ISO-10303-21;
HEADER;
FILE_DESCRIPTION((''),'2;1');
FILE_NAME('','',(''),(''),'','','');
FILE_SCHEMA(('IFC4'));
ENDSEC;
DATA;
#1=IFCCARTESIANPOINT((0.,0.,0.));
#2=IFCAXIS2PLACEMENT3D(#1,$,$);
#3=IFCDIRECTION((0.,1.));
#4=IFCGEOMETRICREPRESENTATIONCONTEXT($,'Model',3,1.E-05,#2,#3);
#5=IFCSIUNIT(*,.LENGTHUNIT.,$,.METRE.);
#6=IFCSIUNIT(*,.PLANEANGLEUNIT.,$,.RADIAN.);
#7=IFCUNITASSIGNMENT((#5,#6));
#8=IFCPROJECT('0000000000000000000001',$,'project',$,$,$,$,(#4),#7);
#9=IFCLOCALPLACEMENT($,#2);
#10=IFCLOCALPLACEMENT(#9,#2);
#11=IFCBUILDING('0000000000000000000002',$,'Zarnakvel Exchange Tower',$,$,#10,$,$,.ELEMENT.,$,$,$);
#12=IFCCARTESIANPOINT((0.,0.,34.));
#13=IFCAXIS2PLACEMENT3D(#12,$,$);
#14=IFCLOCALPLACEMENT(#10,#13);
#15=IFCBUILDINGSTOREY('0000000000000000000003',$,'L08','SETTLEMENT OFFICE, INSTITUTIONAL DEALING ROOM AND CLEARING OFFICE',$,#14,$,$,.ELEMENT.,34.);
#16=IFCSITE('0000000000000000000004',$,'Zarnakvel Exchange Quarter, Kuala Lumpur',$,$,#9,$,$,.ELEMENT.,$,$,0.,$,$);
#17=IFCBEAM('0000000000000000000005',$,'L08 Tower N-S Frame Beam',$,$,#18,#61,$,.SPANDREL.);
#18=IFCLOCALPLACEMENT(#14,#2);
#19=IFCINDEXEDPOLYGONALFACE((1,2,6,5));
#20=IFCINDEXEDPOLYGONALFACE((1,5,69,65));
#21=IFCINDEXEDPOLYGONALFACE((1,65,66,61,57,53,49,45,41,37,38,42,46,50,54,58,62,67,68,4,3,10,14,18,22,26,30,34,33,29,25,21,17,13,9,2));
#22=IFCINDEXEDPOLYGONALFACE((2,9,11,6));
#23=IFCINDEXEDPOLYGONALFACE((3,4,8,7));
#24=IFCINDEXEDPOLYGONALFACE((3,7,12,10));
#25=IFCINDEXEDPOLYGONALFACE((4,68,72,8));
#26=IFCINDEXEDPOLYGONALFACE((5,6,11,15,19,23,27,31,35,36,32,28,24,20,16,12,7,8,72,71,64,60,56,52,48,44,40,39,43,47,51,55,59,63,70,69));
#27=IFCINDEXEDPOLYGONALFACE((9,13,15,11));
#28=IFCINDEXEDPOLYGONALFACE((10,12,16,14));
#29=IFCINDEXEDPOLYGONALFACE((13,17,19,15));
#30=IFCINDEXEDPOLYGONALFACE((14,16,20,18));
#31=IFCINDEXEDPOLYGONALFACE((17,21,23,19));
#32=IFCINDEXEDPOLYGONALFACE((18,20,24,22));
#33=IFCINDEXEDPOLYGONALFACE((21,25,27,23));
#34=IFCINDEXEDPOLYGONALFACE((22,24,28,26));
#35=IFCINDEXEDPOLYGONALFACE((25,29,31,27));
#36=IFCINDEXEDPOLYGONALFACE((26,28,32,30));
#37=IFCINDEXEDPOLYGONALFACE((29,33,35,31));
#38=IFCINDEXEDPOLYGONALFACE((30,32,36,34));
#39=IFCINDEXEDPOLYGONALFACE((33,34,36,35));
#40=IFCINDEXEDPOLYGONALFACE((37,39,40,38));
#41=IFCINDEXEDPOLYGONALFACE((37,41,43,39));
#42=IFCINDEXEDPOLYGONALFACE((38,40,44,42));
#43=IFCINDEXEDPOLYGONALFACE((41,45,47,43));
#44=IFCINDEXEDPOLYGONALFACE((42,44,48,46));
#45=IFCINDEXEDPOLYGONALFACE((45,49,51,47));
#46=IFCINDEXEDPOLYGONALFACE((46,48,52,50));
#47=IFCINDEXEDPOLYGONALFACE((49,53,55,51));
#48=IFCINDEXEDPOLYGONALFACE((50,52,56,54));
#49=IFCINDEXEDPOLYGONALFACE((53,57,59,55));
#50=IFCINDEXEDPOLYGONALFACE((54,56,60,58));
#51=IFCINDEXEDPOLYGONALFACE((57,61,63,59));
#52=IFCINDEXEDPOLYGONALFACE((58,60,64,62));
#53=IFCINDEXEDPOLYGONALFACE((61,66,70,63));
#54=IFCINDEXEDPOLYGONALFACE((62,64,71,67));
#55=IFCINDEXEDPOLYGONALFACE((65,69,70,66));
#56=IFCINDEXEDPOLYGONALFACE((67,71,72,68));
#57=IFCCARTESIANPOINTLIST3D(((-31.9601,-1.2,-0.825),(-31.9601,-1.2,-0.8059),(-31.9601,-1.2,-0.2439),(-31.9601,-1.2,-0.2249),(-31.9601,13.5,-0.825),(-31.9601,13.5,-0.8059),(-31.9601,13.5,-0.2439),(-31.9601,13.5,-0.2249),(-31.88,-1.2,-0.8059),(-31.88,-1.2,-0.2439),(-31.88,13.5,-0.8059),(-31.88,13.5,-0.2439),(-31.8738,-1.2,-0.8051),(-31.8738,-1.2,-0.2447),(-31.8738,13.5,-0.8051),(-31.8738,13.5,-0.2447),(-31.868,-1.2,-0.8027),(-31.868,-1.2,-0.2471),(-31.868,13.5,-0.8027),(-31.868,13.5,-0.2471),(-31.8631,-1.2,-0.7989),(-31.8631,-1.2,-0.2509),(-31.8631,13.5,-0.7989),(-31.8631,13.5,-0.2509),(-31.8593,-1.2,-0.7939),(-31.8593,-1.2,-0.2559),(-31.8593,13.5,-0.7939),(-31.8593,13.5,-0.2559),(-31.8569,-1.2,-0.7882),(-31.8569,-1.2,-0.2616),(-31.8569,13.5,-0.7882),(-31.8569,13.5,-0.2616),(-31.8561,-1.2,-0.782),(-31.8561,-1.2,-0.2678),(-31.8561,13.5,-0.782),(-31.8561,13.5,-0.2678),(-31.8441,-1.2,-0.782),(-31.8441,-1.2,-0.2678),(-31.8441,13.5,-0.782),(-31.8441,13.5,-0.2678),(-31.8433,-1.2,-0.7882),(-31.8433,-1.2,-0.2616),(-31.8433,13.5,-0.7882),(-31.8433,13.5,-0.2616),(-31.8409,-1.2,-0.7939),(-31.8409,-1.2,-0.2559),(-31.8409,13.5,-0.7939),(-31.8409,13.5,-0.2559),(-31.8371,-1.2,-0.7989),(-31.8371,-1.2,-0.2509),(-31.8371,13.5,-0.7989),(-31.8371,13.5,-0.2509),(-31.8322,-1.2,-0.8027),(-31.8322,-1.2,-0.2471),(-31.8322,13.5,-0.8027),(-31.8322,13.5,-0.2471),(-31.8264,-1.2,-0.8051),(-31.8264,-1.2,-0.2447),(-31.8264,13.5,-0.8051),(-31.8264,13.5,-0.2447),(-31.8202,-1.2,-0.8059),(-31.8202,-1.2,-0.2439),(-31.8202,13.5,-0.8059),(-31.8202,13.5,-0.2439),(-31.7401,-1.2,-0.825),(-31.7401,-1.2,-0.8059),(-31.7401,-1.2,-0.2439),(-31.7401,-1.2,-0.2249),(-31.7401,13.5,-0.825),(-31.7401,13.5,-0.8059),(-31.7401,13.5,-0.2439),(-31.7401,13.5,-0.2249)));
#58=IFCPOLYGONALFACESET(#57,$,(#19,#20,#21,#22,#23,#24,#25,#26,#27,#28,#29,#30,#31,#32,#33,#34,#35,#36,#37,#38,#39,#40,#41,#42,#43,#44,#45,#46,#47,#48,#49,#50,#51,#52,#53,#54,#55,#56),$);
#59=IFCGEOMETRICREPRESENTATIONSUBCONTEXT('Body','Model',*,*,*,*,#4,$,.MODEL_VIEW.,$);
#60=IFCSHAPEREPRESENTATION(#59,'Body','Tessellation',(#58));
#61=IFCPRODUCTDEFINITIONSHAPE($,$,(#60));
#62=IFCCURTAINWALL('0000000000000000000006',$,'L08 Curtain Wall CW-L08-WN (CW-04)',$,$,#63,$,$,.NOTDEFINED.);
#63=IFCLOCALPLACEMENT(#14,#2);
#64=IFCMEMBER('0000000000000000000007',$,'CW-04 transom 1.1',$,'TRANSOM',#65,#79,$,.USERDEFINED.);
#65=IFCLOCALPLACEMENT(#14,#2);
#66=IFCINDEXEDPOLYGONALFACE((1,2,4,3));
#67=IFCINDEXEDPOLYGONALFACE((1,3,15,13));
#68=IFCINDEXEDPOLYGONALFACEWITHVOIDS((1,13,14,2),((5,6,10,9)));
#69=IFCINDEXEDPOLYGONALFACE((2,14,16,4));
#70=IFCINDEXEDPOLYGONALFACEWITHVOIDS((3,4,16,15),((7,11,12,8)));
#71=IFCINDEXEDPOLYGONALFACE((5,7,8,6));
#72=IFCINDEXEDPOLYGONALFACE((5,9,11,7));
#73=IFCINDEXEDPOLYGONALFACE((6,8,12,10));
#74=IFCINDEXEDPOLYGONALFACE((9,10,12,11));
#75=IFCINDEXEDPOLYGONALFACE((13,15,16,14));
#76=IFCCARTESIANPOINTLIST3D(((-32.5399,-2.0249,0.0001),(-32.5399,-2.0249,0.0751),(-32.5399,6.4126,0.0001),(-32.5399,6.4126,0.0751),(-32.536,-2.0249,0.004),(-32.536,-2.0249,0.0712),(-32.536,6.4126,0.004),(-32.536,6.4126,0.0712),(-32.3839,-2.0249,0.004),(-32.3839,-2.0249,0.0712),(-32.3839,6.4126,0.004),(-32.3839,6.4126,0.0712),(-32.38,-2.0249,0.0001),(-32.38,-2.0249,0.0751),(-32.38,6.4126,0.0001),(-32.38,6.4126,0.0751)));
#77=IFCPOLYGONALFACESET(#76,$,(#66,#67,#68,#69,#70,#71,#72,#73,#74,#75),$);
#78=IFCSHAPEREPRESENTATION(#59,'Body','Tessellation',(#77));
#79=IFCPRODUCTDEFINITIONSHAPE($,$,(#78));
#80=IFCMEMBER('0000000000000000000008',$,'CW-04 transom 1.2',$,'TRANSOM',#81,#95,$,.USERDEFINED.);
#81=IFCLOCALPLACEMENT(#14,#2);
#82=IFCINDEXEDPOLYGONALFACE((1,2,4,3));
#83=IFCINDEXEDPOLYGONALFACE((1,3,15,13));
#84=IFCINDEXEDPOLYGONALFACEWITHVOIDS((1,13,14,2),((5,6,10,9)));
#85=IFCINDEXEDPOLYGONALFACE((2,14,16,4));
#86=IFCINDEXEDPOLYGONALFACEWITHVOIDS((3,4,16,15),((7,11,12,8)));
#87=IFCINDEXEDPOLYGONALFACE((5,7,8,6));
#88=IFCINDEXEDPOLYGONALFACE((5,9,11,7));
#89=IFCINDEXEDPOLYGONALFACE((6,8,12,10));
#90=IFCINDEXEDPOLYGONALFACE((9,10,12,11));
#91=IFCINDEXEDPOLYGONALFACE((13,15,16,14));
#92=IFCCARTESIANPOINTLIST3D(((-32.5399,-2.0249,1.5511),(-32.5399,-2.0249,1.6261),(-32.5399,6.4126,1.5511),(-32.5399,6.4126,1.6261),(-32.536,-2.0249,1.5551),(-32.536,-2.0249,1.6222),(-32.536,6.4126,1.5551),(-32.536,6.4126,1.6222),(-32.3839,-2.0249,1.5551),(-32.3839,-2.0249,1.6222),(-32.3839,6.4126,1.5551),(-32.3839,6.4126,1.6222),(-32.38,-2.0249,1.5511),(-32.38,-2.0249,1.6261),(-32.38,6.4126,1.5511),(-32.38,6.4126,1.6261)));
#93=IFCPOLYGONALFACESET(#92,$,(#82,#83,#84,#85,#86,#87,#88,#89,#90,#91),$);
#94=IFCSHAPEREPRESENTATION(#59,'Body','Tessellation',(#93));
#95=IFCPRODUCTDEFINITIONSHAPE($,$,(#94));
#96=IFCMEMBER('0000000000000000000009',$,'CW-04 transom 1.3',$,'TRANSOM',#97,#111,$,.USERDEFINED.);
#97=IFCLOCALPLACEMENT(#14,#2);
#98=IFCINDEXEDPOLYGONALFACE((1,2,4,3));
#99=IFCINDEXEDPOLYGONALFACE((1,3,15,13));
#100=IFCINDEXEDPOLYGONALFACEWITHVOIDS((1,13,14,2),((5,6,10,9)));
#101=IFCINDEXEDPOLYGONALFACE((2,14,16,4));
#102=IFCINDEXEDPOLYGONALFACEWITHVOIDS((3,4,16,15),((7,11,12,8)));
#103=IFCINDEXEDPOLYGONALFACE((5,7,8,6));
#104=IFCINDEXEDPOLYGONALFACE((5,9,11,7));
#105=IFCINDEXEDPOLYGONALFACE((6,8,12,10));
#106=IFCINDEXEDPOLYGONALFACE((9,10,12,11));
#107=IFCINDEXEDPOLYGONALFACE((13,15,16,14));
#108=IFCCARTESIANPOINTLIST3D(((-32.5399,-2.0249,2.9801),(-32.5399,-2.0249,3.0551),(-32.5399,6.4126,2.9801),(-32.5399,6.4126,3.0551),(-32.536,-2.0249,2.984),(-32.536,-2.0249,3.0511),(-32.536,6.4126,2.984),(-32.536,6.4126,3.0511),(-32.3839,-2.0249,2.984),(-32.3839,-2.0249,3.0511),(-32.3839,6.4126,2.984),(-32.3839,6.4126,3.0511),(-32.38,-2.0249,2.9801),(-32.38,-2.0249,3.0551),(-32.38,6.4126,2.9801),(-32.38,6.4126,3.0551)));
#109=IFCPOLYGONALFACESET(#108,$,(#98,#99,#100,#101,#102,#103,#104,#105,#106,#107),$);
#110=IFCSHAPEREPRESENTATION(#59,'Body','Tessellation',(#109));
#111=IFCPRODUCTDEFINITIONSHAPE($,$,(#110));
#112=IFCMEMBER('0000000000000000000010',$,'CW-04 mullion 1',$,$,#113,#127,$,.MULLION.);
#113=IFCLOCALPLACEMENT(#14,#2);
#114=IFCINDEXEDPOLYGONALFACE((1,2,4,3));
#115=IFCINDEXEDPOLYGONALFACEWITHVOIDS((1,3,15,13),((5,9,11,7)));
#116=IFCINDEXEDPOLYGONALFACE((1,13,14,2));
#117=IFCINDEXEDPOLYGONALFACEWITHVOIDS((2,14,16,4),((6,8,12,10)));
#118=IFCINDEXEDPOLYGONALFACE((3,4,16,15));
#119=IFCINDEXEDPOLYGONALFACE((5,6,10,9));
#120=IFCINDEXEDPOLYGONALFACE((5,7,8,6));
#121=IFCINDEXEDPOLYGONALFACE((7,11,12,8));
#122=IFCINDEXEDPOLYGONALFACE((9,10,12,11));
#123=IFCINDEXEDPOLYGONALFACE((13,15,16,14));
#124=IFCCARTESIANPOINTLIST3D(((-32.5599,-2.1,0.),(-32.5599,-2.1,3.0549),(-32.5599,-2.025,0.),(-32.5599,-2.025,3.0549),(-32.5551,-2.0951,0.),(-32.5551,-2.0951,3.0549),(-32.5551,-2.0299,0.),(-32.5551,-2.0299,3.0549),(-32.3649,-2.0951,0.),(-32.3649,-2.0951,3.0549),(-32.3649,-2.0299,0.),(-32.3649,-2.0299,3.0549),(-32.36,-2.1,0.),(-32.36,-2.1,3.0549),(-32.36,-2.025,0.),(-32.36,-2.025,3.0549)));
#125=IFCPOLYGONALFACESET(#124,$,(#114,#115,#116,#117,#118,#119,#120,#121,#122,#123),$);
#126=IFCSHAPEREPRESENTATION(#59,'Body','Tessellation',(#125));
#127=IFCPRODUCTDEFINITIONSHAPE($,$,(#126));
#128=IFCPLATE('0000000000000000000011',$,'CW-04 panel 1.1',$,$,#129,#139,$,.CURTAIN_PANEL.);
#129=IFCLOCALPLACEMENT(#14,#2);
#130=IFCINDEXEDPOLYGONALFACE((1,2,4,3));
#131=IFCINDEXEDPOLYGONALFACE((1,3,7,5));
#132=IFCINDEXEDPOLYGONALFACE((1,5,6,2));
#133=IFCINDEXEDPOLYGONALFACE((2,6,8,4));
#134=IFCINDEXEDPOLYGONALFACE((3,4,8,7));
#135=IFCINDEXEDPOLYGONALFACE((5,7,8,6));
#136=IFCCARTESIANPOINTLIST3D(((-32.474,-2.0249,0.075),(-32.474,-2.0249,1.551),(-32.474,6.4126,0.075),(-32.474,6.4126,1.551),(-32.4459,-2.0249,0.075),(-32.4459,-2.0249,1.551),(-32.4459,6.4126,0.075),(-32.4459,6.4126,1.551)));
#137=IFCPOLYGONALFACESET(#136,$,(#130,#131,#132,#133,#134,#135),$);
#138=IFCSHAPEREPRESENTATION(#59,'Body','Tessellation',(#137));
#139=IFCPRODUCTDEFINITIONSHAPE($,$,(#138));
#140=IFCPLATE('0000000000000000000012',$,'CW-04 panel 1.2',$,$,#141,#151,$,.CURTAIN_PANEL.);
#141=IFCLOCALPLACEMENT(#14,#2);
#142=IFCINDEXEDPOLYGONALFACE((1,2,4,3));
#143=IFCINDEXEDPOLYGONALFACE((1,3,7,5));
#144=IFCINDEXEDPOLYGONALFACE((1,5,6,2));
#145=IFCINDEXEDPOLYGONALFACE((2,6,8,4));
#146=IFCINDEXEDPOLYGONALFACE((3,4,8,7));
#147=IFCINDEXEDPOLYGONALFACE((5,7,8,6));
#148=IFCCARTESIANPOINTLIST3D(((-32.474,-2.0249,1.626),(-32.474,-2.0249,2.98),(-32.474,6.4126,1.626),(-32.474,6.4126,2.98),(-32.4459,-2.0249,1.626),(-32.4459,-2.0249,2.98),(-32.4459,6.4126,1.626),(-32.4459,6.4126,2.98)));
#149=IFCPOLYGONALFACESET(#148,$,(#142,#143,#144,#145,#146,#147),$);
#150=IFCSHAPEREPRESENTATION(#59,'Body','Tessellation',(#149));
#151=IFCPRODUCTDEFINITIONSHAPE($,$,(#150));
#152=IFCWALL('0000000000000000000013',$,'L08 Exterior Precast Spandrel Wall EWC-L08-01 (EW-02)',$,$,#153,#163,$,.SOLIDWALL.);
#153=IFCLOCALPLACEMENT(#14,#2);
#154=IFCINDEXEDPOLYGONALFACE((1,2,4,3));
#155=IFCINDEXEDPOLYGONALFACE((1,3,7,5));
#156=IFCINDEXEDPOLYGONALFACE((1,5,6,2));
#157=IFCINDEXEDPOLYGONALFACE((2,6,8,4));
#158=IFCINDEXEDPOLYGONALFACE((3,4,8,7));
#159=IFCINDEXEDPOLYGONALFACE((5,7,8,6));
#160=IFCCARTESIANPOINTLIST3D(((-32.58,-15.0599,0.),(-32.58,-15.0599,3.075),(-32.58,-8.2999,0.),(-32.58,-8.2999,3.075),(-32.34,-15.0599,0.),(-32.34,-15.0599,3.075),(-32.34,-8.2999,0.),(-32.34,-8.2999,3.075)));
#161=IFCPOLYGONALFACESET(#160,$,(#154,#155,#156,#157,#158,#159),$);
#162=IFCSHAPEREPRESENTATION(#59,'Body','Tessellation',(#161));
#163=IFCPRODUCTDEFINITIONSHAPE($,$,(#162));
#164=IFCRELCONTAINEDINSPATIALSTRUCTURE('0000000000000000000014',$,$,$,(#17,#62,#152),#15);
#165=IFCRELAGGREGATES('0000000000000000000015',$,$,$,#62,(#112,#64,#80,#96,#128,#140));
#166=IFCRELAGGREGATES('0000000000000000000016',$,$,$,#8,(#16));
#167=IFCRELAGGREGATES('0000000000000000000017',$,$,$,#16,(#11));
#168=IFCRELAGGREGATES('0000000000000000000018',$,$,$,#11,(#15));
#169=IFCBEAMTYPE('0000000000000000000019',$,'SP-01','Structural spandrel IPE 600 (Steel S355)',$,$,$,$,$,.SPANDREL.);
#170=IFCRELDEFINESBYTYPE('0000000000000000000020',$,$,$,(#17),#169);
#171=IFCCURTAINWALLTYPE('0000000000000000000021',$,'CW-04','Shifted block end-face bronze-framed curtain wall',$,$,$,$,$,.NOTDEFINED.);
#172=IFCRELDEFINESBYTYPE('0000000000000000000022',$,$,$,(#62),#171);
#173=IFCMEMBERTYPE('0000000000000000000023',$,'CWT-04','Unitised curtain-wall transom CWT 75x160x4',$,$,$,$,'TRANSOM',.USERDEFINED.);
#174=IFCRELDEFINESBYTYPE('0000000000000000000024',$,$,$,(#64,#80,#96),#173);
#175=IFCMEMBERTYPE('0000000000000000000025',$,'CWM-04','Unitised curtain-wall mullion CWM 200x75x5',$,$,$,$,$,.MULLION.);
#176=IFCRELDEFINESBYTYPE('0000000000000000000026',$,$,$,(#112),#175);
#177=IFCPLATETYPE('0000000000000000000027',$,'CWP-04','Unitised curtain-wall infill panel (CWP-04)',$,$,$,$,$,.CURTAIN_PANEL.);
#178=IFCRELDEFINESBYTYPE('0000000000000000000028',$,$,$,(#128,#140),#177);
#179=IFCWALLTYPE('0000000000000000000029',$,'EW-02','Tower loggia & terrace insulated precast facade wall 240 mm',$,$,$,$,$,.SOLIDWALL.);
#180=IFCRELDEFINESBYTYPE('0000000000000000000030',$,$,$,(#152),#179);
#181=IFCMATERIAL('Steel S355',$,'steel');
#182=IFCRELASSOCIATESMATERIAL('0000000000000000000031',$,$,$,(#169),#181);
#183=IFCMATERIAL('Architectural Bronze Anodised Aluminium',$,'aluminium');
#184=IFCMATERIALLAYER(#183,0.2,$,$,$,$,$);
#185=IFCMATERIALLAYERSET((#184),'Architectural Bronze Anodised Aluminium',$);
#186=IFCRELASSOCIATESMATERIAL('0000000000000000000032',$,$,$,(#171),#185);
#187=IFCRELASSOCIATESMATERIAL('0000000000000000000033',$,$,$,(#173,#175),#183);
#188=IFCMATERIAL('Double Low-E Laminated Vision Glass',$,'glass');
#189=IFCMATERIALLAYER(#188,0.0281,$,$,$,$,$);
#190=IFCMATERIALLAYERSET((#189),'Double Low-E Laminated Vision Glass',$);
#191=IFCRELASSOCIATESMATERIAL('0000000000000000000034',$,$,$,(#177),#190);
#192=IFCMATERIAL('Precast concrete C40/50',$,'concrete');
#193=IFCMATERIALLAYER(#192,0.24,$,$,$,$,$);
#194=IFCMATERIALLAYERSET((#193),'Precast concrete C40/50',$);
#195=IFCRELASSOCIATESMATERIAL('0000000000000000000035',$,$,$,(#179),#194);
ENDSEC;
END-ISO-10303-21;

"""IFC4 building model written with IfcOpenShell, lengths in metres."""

from ifc_helpers import new_model, si_unit, direction, frame, frame_2d, origin, origin_2d, place, context, subcontext, project, spatial, rectangle, hollow_rectangle, i_section, extrude, source, transform, mapped, material, layer, layer_set, material_profile, profile_set, type_object, element, aggregate, save


model = new_model("IFC4")

# Units and contexts
model_context = context("Model", 3, precision=1e-05, world=origin(), true_north=direction((0.0, 1.0)))
body_context = subcontext(model_context, "Body", "Model", "MODEL_VIEW")
ifc_project = project(units=[si_unit("LENGTHUNIT", "METRE"), si_unit("PLANEANGLEUNIT", "RADIAN")], contexts=[model_context])

# Site, building, storey
site_placement = place(None, origin())
site = spatial("IfcSite", under=ifc_project, at=site_placement, Name="Zarnakvel Exchange Quarter, Kuala Lumpur", CompositionType="ELEMENT", RefElevation=0.0)
building_placement = place(site_placement, origin())
building = spatial("IfcBuilding", under=site, at=building_placement, Name="Zarnakvel Exchange Tower", CompositionType="ELEMENT")
storey_placement = place(building_placement, frame((0.0, 0.0, 34.0)))
storey = spatial("IfcBuildingStorey", under=building, at=storey_placement, Name="L08", Description="SETTLEMENT OFFICE, INSTITUTIONAL DEALING ROOM AND CLEARING OFFICE", CompositionType="ELEMENT", Elevation=34.0)

# Shared definitions
ifc_material_1 = material(Name="Steel S355", Category="steel")

# Beam
ifc_material_profile_1 = material_profile(ifc_material_1, i_section(OverallWidth=0.22, OverallDepth=0.6001, WebThickness=0.012, FlangeThickness=0.019, FilletRadius=0.0239, at=origin_2d()))
ifc_profile_set_1 = profile_set([ifc_material_profile_1], Name="Steel S355")
beam_type_1 = type_object("IfcBeamType", Name="SP-01", Description="Structural spandrel IPE 600 (Steel S355)", PredefinedType="SPANDREL", material=ifc_profile_set_1)
beam_1_placement = place(storey_placement, frame((-31.8501, -1.2, -0.5249), z_axis=(0.0, 1.0, 0.0), x_axis=(-1.0, 0.0, 0.0)))
element("IfcBeam", 1, at=beam_1_placement, inside=storey, type_object=beam_type_1, Name="L08 Tower N-S Frame Beam", PredefinedType="SPANDREL", context=body_context, shape_type="SweptSolid", body=[
    extrude(i_section(OverallWidth=0.22, OverallDepth=0.6001, WebThickness=0.012, FlangeThickness=0.019, FilletRadius=0.0239, at=origin_2d()), origin(), (0.0, 0.0, 1.0), 14.7),
])

# Curtain wall, members, plates
ifc_material_2 = material(Name="Architectural Bronze Anodised Aluminium", Category="aluminium")
ifc_layer_1 = layer(ifc_material_2, 0.2)
ifc_layer_set_1 = layer_set([ifc_layer_1], Name="Architectural Bronze Anodised Aluminium")
curtain_wall_type = type_object("IfcCurtainWallType", Name="CW-04", Description="Shifted block end-face bronze-framed curtain wall", PredefinedType="NOTDEFINED", material=ifc_layer_set_1)
curtain_wall_placement = place(storey_placement, origin())
curtain_wall = element("IfcCurtainWall", 2, at=curtain_wall_placement, inside=storey, type_object=curtain_wall_type, Name="L08 Curtain Wall CW-L08-WN (CW-04)", PredefinedType="NOTDEFINED")
ifc_material_profile_2 = material_profile(ifc_material_2, hollow_rectangle(XDim=0.1599, YDim=0.075, WallThickness=0.0039, at=origin_2d()))
ifc_profile_set_2 = profile_set([ifc_material_profile_2], Name="Architectural Bronze Anodised Aluminium")
member_type_1 = type_object("IfcMemberType", Name="CWT-04", Description="Unitised curtain-wall transom CWT 75x160x4", ElementType="TRANSOM", PredefinedType="USERDEFINED", material=ifc_profile_set_2)
shared_shape_1 = source(origin(), body_context, "Body", "SweptSolid", [
    extrude(hollow_rectangle(XDim=0.1599, YDim=0.075, WallThickness=0.0039, at=origin_2d()), origin(), (0.0, 0.0, 1.0), 8.4375),
])
member_1_placement = place(storey_placement, frame((-32.46, -2.0249, 0.0376), z_axis=(0.0, 1.0, 0.0), x_axis=(-1.0, 0.0, 0.0)))
member_1 = element("IfcMember", 3, at=member_1_placement, type_object=member_type_1, Name="CW-04 transom 1.1", ObjectType="TRANSOM", PredefinedType="USERDEFINED", context=body_context, shape_type="MappedRepresentation", body=[
    mapped(shared_shape_1, transform((0.0, 0.0, 0.0), x_axis=(1.0, 0.0, 0.0), y_axis=(0.0, 1.0, 0.0), z_axis=(0.0, 0.0, 1.0), scale=1.0)),
])
member_2_placement = place(storey_placement, frame((-32.46, -2.0249, 1.5886), z_axis=(0.0, 1.0, 0.0), x_axis=(-1.0, 0.0, 0.0)))
member_2 = element("IfcMember", 4, at=member_2_placement, type_object=member_type_1, Name="CW-04 transom 1.2", ObjectType="TRANSOM", PredefinedType="USERDEFINED", context=body_context, shape_type="MappedRepresentation", body=[
    mapped(shared_shape_1, transform((0.0, 0.0, 0.0), x_axis=(1.0, 0.0, 0.0), y_axis=(0.0, 1.0, 0.0), z_axis=(0.0, 0.0, 1.0), scale=1.0)),
])
member_3_placement = place(storey_placement, frame((-32.46, -2.0249, 3.0176), z_axis=(0.0, 1.0, 0.0), x_axis=(-1.0, 0.0, 0.0)))
member_3 = element("IfcMember", 5, at=member_3_placement, type_object=member_type_1, Name="CW-04 transom 1.3", ObjectType="TRANSOM", PredefinedType="USERDEFINED", context=body_context, shape_type="MappedRepresentation", body=[
    mapped(shared_shape_1, transform((0.0, 0.0, 0.0), x_axis=(1.0, 0.0, 0.0), y_axis=(0.0, 1.0, 0.0), z_axis=(0.0, 0.0, 1.0), scale=1.0)),
])
ifc_material_profile_3 = material_profile(ifc_material_2, hollow_rectangle(XDim=0.2, YDim=0.075, WallThickness=0.0049, at=origin_2d()))
ifc_profile_set_3 = profile_set([ifc_material_profile_3], Name="Architectural Bronze Anodised Aluminium")
member_type_2 = type_object("IfcMemberType", Name="CWM-04", Description="Unitised curtain-wall mullion CWM 200x75x5", PredefinedType="MULLION", material=ifc_profile_set_3)
shared_shape_2 = source(origin(), body_context, "Body", "SweptSolid", [
    extrude(hollow_rectangle(XDim=0.2, YDim=0.075, WallThickness=0.0049, at=origin_2d()), origin(), (0.0, 0.0, 1.0), 3.0549),
])
member_4_placement = place(storey_placement, frame((-32.46, -2.0625, 0.0), z_axis=(0.0, 0.0, 1.0), x_axis=(-1.0, 0.0, 0.0)))
member_4 = element("IfcMember", 6, at=member_4_placement, type_object=member_type_2, Name="CW-04 mullion 1", PredefinedType="MULLION", context=body_context, shape_type="MappedRepresentation", body=[
    mapped(shared_shape_2, transform((0.0, 0.0, 0.0), x_axis=(1.0, 0.0, 0.0), y_axis=(0.0, 1.0, 0.0), z_axis=(0.0, 0.0, 1.0), scale=1.0)),
])
ifc_material_3 = material(Name="Double Low-E Laminated Vision Glass", Category="glass")
ifc_layer_2 = layer(ifc_material_3, 0.0281)
ifc_layer_set_2 = layer_set([ifc_layer_2], Name="Double Low-E Laminated Vision Glass")
plate_type = type_object("IfcPlateType", Name="CWP-04", Description="Unitised curtain-wall infill panel (CWP-04)", PredefinedType="CURTAIN_PANEL", material=ifc_layer_set_2)
shared_shape_3 = source(origin(), body_context, "Body", "SweptSolid", [
    extrude(rectangle(XDim=8.4375, YDim=0.0281, at=origin_2d()), origin(), (0.0, 0.0, 1.0), 1.4761),
])
plate_1_placement = place(storey_placement, frame((-32.46, 2.1938, 0.075), z_axis=(0.0, 0.0, 1.0), x_axis=(0.0, 1.0, 0.0)))
plate_1 = element("IfcPlate", 7, at=plate_1_placement, type_object=plate_type, Name="CW-04 panel 1.1", PredefinedType="CURTAIN_PANEL", context=body_context, shape_type="MappedRepresentation", body=[
    mapped(shared_shape_3, transform((0.0, 0.0, 0.0), x_axis=(1.0, 0.0, 0.0), y_axis=(0.0, 1.0, 0.0), z_axis=(0.0, 0.0, 1.0), scale=1.0)),
])
shared_shape_4 = source(origin(), body_context, "Body", "SweptSolid", [
    extrude(rectangle(XDim=8.4375, YDim=0.0281, at=origin_2d()), origin(), (0.0, 0.0, 1.0), 1.354),
])
plate_2_placement = place(storey_placement, frame((-32.46, 2.1938, 1.626), z_axis=(0.0, 0.0, 1.0), x_axis=(0.0, 1.0, 0.0)))
plate_2 = element("IfcPlate", 8, at=plate_2_placement, type_object=plate_type, Name="CW-04 panel 1.2", PredefinedType="CURTAIN_PANEL", context=body_context, shape_type="MappedRepresentation", body=[
    mapped(shared_shape_4, transform((0.0, 0.0, 0.0), x_axis=(1.0, 0.0, 0.0), y_axis=(0.0, 1.0, 0.0), z_axis=(0.0, 0.0, 1.0), scale=1.0)),
])
aggregate(curtain_wall, [member_4, member_1, member_2, member_3, plate_1, plate_2])

# Wall
ifc_material_4 = material(Name="Precast concrete C40/50", Category="concrete")
ifc_layer_3 = layer(ifc_material_4, 0.24)
ifc_layer_set_3 = layer_set([ifc_layer_3], Name="Precast concrete C40/50")
wall_type_1 = type_object("IfcWallType", Name="EW-02", Description="Tower loggia & terrace insulated precast facade wall 240 mm", PredefinedType="SOLIDWALL", material=ifc_layer_set_3)
wall_1_placement = place(storey_placement, frame((-32.46, -8.3, 0.0), z_axis=(0.0, 0.0, 1.0), x_axis=(0.0, -1.0, 0.0)))
element("IfcWall", 9, at=wall_1_placement, inside=storey, type_object=wall_type_1, Name="L08 Exterior Precast Spandrel Wall EWC-L08-01 (EW-02)", PredefinedType="SOLIDWALL", context=body_context, shape_type="SweptSolid", body=[
    extrude(rectangle(XDim=6.76, YDim=0.24, at=frame_2d((3.3799, 0.0))), origin(), (0.0, 0.0, 1.0), 3.075),
])

save(model, "model.ifc")
